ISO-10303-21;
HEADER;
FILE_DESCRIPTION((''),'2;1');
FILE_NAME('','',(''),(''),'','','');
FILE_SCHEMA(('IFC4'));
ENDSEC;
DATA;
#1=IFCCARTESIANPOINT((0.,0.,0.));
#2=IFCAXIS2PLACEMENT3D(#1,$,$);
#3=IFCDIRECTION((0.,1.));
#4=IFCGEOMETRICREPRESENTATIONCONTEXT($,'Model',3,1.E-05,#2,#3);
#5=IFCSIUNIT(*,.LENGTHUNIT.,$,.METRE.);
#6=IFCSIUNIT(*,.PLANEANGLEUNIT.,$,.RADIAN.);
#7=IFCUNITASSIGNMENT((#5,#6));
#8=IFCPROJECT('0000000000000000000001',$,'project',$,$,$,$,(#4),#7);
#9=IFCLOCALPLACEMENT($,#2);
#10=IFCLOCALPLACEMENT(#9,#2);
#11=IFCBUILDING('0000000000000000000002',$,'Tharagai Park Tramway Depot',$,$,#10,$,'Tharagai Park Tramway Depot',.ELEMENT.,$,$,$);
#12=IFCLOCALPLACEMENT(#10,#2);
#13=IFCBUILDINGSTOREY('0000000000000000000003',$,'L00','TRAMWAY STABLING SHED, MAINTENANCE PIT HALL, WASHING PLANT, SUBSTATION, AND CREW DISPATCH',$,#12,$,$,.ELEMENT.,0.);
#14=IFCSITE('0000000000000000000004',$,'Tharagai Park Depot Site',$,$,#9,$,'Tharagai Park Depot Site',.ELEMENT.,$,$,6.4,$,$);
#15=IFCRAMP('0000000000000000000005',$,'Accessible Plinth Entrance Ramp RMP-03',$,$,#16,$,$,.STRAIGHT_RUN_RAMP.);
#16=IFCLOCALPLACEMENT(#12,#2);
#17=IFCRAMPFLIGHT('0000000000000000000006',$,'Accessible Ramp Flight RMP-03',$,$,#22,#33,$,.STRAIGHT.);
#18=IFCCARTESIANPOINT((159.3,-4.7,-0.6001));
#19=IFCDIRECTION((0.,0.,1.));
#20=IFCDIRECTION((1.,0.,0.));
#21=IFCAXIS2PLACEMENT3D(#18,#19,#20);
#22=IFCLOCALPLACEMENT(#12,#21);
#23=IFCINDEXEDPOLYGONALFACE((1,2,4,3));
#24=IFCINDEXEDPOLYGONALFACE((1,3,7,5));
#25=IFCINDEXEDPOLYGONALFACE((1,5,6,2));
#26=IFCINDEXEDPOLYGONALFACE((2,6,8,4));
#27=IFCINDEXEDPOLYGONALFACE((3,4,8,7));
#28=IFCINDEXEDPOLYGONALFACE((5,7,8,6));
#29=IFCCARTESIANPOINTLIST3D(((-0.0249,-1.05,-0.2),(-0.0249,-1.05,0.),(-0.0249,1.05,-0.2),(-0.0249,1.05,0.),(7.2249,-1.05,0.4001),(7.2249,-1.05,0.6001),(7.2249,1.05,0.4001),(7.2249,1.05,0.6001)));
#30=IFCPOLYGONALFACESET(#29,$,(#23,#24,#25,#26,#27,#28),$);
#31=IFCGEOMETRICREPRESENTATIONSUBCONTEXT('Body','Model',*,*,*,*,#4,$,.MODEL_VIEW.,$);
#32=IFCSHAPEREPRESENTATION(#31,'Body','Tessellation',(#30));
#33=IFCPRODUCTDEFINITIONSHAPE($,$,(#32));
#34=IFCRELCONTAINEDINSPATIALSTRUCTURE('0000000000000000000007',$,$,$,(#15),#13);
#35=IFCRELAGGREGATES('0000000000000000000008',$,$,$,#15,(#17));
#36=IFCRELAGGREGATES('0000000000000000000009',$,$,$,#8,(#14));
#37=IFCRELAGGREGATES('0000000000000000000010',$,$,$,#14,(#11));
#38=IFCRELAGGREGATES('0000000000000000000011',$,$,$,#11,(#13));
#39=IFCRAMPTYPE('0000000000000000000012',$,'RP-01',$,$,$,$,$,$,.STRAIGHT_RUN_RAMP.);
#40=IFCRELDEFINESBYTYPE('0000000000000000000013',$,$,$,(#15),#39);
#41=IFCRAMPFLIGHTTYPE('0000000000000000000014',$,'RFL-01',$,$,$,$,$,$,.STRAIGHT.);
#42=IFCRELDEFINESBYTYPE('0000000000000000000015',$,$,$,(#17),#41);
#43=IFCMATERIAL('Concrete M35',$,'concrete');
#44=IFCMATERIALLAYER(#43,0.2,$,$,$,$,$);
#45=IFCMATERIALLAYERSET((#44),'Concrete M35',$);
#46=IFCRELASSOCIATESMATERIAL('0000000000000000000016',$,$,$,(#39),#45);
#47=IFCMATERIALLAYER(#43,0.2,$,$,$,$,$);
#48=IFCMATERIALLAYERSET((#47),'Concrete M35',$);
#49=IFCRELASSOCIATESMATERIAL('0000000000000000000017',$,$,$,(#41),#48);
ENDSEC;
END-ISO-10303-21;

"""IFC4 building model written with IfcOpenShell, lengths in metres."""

from ifc_helpers import new_model, si_unit, direction, frame, origin, place, context, subcontext, project, spatial, polyline, outline, extrude, material, layer, layer_set, type_object, element, aggregate, save


model = new_model("IFC4")

# Units and contexts
model_context = context("Model", 3, precision=1e-05, world=origin(), true_north=direction((0.0, 1.0)))
body_context = subcontext(model_context, "Body", "Model", "MODEL_VIEW")
ifc_project = project(units=[si_unit("LENGTHUNIT", "METRE"), si_unit("PLANEANGLEUNIT", "RADIAN")], contexts=[model_context])

# Site, building, storey
site_placement = place(None, origin())
site = spatial("IfcSite", under=ifc_project, at=site_placement, Name="Tharagai Park Depot Site", LongName="Tharagai Park Depot Site", CompositionType="ELEMENT", RefElevation=6.4)
building_placement = place(site_placement, origin())
building = spatial("IfcBuilding", under=site, at=building_placement, Name="Tharagai Park Tramway Depot", LongName="Tharagai Park Tramway Depot", CompositionType="ELEMENT")
storey_placement = place(building_placement, origin())
storey = spatial("IfcBuildingStorey", under=building, at=storey_placement, Name="L00", Description="TRAMWAY STABLING SHED, MAINTENANCE PIT HALL, WASHING PLANT, SUBSTATION, AND CREW DISPATCH", CompositionType="ELEMENT", Elevation=0.0)

# Shared definitions
ifc_material_1 = material(Name="Concrete M35", Category="concrete")

# Ramp, ramp flight
ifc_layer_1 = layer(ifc_material_1, 0.2)
ifc_layer_set_1 = layer_set([ifc_layer_1], Name="Concrete M35")
ramp_type = type_object("IfcRampType", Name="RP-01", PredefinedType="STRAIGHT_RUN_RAMP", material=ifc_layer_set_1)
ramp_placement = place(storey_placement, origin())
ramp = element("IfcRamp", 1, at=ramp_placement, inside=storey, type_object=ramp_type, Name="Accessible Plinth Entrance Ramp RMP-03", PredefinedType="STRAIGHT_RUN_RAMP")
ifc_layer_2 = layer(ifc_material_1, 0.2)
ifc_layer_set_2 = layer_set([ifc_layer_2], Name="Concrete M35")
ramp_flight_type = type_object("IfcRampFlightType", Name="RFL-01", PredefinedType="STRAIGHT", material=ifc_layer_set_2)
ramp_flight_placement = place(storey_placement, frame((159.3, -4.7, -0.6001), z_axis=(0.0, 0.0, 1.0), x_axis=(1.0, 0.0, 0.0)))
ramp_flight = element("IfcRampFlight", 2, at=ramp_flight_placement, type_object=ramp_flight_type, Name="Accessible Ramp Flight RMP-03", PredefinedType="STRAIGHT", context=body_context, shape_type="SweptSolid", body=[
    extrude(outline(polyline([(-0.0249, 0.0), (7.2249, 0.6001), (7.2249, 0.4001), (-0.0249, -0.2), (-0.0249, 0.0)])), frame((0.0, 1.05, 0.0), z_axis=(0.0, -1.0, 0.0), x_axis=(1.0, 0.0, 0.0)), (0.0, 0.0, 1.0), 2.1001),
])
aggregate(ramp, [ramp_flight])

save(model, "model.ifc")
